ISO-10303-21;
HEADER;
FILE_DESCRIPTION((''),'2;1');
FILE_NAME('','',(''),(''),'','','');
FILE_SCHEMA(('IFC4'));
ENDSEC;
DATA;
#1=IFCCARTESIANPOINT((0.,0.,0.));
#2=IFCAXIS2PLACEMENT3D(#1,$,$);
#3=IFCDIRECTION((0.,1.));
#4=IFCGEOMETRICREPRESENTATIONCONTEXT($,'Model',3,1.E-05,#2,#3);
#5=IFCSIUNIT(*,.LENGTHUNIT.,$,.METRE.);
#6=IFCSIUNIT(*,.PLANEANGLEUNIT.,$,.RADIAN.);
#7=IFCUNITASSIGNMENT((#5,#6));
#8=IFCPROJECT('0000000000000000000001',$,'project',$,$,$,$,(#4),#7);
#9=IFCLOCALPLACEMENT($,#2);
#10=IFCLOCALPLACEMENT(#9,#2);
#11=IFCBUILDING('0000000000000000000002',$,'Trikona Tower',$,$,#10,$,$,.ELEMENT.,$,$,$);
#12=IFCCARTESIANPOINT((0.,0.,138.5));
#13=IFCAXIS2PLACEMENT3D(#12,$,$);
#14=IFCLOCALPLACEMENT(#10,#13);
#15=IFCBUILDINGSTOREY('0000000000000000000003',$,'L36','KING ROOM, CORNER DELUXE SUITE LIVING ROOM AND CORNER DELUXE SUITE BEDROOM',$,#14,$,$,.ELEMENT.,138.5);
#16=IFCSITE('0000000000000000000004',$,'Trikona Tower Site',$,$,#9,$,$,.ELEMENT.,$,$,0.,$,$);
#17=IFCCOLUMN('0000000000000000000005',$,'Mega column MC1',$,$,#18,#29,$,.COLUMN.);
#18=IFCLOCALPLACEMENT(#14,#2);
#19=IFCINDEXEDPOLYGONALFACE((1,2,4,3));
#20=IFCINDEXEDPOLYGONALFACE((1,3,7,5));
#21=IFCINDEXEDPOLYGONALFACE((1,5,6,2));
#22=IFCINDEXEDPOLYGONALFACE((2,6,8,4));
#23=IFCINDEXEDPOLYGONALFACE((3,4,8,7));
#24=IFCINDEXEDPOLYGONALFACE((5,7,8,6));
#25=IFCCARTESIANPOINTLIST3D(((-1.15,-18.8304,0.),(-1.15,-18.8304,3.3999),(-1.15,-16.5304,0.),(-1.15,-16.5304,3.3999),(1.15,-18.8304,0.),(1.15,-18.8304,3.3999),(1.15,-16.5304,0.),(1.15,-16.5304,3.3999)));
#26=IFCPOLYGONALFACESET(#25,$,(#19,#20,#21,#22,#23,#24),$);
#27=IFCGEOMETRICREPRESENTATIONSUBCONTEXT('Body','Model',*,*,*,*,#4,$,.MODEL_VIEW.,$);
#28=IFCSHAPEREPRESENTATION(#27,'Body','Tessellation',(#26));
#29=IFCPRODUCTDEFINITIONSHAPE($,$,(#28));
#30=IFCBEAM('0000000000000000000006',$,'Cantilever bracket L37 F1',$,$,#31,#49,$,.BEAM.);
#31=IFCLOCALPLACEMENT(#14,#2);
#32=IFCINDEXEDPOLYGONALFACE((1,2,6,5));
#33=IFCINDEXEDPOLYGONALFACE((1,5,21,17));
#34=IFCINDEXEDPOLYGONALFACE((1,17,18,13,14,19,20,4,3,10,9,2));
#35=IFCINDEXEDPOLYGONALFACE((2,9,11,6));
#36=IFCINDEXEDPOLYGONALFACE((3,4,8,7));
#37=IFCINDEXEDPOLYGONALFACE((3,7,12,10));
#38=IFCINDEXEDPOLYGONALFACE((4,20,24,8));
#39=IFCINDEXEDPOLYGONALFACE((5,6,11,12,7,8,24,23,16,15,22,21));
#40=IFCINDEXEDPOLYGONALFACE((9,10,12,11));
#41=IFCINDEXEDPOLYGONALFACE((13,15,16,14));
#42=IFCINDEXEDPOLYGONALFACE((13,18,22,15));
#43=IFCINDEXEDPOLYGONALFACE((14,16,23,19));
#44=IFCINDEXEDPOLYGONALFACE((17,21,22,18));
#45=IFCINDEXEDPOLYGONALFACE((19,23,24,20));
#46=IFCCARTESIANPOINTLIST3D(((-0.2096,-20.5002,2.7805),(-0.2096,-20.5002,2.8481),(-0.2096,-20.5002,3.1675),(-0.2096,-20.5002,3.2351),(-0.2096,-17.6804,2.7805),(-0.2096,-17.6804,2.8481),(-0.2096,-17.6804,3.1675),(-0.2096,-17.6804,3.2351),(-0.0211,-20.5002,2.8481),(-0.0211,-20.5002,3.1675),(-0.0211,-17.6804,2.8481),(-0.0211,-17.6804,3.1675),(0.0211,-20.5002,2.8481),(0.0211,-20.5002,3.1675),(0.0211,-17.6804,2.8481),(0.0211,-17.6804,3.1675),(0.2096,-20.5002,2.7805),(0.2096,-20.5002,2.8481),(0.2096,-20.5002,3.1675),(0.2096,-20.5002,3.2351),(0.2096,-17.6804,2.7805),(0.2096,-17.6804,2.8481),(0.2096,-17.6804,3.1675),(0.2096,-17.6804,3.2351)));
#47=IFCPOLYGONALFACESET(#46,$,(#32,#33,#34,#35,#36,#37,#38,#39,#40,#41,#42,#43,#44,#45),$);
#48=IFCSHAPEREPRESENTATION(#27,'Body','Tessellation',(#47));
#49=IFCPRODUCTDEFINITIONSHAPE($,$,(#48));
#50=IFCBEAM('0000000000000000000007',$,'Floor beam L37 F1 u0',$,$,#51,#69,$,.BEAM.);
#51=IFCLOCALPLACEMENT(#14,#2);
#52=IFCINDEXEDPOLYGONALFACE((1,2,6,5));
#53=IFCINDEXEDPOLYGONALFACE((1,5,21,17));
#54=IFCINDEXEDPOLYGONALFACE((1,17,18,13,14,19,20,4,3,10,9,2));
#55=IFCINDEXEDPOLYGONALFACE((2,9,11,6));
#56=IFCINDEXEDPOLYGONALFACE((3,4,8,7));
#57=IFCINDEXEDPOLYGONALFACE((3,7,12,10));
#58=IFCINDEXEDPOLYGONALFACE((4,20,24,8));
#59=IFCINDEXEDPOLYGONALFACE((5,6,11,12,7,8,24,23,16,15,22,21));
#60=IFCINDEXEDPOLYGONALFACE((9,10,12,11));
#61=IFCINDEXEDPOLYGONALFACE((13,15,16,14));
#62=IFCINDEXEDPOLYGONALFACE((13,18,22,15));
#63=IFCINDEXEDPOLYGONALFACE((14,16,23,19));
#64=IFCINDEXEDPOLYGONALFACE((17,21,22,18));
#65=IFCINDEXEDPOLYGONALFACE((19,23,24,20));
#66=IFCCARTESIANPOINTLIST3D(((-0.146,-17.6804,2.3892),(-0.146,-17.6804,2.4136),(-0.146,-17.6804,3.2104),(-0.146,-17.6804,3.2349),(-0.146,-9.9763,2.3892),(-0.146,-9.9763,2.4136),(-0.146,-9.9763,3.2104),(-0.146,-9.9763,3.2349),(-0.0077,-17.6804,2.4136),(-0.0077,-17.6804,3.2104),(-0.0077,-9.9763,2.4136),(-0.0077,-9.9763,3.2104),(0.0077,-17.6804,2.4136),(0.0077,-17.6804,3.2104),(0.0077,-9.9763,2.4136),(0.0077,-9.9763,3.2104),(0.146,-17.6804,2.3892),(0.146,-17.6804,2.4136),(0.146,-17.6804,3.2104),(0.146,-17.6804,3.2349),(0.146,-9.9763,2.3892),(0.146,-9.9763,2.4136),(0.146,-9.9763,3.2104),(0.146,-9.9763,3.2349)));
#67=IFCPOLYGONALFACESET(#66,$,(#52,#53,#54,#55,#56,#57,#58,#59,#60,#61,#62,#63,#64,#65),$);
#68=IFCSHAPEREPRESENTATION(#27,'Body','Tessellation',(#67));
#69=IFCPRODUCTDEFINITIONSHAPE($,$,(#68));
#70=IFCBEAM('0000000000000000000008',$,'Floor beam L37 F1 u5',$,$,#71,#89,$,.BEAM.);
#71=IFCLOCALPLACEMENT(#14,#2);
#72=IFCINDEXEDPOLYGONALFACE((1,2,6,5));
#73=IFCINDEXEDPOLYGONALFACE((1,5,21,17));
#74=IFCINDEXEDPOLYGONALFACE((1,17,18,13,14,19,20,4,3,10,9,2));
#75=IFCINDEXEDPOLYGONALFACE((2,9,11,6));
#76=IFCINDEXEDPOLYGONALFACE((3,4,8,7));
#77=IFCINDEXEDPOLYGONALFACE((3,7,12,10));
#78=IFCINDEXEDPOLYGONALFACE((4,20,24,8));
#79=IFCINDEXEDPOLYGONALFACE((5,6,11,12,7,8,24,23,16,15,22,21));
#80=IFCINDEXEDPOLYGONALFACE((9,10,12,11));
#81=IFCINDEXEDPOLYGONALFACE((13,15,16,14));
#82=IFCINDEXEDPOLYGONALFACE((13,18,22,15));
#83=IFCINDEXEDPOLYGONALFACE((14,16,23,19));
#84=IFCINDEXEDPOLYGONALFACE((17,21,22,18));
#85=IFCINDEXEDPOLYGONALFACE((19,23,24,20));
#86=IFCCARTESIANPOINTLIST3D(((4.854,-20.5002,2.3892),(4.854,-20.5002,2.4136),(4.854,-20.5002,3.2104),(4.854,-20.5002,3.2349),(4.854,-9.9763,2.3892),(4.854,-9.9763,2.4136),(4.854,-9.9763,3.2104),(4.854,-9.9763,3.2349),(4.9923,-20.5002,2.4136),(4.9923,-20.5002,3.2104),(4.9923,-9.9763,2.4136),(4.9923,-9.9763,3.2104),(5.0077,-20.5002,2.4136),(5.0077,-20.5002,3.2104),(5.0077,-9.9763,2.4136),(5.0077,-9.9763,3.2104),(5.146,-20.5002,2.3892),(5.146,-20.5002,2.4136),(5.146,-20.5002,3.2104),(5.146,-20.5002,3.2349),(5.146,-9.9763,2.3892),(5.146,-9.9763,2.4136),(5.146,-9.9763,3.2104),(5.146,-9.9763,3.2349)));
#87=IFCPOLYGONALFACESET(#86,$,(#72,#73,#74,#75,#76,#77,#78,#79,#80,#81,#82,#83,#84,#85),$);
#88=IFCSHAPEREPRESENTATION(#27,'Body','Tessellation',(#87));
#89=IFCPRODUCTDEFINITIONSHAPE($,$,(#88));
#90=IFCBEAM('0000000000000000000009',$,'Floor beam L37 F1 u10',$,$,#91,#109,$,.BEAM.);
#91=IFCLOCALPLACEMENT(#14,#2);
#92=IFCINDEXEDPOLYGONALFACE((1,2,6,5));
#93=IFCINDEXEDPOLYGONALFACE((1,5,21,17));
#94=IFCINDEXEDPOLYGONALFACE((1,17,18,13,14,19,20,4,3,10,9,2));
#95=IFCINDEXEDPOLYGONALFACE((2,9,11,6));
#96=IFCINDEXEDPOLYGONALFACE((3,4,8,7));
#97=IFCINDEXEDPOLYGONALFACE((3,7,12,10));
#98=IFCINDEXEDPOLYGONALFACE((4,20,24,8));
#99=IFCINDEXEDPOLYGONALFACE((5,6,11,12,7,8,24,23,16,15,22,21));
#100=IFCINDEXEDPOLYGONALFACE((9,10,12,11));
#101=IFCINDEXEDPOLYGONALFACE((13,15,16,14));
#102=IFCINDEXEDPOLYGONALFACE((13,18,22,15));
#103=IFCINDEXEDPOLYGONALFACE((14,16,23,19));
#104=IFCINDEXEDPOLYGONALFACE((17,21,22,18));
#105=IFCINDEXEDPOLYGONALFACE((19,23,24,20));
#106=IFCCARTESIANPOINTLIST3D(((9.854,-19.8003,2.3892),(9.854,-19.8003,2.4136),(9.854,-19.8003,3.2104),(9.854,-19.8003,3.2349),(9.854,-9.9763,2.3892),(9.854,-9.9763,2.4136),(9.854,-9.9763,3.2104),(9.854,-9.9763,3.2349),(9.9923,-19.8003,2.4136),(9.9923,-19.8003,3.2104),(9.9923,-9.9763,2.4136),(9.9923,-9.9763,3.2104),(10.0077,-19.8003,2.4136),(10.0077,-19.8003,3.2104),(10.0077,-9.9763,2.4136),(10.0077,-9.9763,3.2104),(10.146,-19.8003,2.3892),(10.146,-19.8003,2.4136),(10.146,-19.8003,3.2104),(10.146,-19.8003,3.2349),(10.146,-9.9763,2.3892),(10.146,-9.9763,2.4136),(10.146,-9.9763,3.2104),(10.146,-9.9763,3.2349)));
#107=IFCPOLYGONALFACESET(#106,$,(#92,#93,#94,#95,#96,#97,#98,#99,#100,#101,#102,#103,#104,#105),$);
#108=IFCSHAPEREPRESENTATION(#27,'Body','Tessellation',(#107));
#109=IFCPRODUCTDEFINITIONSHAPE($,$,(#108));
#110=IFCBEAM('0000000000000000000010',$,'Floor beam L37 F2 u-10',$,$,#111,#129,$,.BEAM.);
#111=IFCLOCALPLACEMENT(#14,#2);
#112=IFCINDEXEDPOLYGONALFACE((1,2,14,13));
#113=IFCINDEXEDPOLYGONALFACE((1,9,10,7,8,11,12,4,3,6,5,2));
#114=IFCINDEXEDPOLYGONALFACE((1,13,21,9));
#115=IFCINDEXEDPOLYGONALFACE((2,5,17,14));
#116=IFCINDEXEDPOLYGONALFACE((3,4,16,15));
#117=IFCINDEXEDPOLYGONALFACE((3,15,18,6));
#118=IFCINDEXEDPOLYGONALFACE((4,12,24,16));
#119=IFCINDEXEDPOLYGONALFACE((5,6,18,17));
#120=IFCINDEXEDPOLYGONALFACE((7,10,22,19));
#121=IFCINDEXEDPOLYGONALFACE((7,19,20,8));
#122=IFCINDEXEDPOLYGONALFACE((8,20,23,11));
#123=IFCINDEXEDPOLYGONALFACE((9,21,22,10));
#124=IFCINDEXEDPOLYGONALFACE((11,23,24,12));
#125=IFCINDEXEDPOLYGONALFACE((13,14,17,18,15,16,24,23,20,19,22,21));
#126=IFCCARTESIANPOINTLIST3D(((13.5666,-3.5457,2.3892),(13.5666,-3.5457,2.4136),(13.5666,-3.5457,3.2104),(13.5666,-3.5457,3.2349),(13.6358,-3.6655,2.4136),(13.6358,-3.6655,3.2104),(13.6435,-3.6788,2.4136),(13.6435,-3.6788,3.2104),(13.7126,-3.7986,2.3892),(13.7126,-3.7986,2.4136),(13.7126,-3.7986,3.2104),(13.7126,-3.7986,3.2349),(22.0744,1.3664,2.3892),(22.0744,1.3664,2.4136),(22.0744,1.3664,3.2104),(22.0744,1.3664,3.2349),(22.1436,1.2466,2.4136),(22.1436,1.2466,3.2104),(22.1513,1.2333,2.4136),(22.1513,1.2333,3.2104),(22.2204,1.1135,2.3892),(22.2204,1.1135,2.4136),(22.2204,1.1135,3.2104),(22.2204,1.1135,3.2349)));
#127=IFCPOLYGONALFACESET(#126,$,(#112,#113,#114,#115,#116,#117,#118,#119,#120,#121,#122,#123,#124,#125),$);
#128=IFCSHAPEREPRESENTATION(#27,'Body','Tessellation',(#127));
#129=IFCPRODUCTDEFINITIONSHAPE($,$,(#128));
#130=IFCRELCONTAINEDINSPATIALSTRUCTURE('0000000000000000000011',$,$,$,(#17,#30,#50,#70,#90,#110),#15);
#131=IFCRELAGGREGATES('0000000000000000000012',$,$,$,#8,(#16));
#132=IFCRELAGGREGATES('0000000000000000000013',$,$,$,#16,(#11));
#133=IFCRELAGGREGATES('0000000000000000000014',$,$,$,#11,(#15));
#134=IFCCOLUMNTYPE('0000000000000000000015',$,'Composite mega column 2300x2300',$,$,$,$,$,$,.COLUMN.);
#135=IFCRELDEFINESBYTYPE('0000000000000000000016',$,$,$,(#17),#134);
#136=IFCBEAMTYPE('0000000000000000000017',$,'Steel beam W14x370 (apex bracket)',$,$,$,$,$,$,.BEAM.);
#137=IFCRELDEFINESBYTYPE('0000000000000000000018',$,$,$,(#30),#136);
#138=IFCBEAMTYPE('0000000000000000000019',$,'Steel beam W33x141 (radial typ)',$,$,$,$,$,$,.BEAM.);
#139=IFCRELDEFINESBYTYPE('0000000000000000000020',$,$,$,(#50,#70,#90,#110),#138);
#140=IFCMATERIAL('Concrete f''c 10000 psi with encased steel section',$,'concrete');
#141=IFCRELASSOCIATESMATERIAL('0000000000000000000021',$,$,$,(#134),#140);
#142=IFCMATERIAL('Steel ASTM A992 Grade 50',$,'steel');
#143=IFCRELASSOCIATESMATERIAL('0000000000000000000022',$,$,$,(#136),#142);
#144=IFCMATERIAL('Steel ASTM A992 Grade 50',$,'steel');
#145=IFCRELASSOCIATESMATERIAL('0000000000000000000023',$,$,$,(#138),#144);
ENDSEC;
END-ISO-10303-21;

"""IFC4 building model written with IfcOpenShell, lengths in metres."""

from ifc_helpers import new_model, si_unit, direction, frame, origin, origin_2d, place, context, subcontext, project, spatial, rectangle, i_section, extrude, material, material_profile, profile_set, type_object, element, save


model = new_model("IFC4")

# Units and contexts
model_context = context("Model", 3, precision=1e-05, world=origin(), true_north=direction((0.0, 1.0)))
body_context = subcontext(model_context, "Body", "Model", "MODEL_VIEW")
ifc_project = project(units=[si_unit("LENGTHUNIT", "METRE"), si_unit("PLANEANGLEUNIT", "RADIAN")], contexts=[model_context])

# Site, building, storey
site_placement = place(None, origin())
site = spatial("IfcSite", under=ifc_project, at=site_placement, Name="Trikona Tower Site", CompositionType="ELEMENT", RefElevation=0.0)
building_placement = place(site_placement, origin())
building = spatial("IfcBuilding", under=site, at=building_placement, Name="Trikona Tower", CompositionType="ELEMENT")
storey_placement = place(building_placement, frame((0.0, 0.0, 138.5)))
storey = spatial("IfcBuildingStorey", under=building, at=storey_placement, Name="L36", Description="KING ROOM, CORNER DELUXE SUITE LIVING ROOM AND CORNER DELUXE SUITE BEDROOM", CompositionType="ELEMENT", Elevation=138.5)

# Column
ifc_material_1 = material(Name="Concrete f'c 10000 psi with encased steel section", Category="concrete")
ifc_material_profile_1 = material_profile(ifc_material_1, rectangle(XDim=2.3, YDim=2.3, at=origin_2d()), Name="MC2300")
ifc_profile_set_1 = profile_set([ifc_material_profile_1], Name="Concrete f'c 10000 psi with encased steel section")
column_type = type_object("IfcColumnType", Name="Composite mega column 2300x2300", PredefinedType="COLUMN", material=ifc_profile_set_1)
column_placement = place(storey_placement, frame((0.0, -17.6804, 0.0), z_axis=(0.0, 0.0, 1.0), x_axis=(0.0, -1.0, 0.0)))
element("IfcColumn", 1, at=column_placement, inside=storey, type_object=column_type, Name="Mega column MC1", PredefinedType="COLUMN", context=body_context, shape_type="SweptSolid", body=[
    extrude(rectangle(XDim=2.3, YDim=2.3, at=origin_2d()), origin(), (0.0, 0.0, 1.0), 3.3999),
])

# Beams
ifc_material_2 = material(Name="Steel ASTM A992 Grade 50", Category="steel")
ifc_material_profile_2 = material_profile(ifc_material_2, i_section(OverallWidth=0.4192, OverallDepth=0.4546, WebThickness=0.0422, FlangeThickness=0.0676, at=origin_2d()), Name="W14X370")
ifc_profile_set_2 = profile_set([ifc_material_profile_2], Name="Steel ASTM A992 Grade 50")
beam_type_1 = type_object("IfcBeamType", Name="Steel beam W14x370 (apex bracket)", PredefinedType="BEAM", material=ifc_profile_set_2)
beam_1_placement = place(storey_placement, frame((0.0, -17.6804, 3.0078), z_axis=(0.0, -1.0, 0.0), x_axis=(1.0, 0.0, 0.0)))
element("IfcBeam", 2, at=beam_1_placement, inside=storey, type_object=beam_type_1, Name="Cantilever bracket L37 F1", PredefinedType="BEAM", context=body_context, shape_type="SweptSolid", body=[
    extrude(i_section(OverallWidth=0.4192, OverallDepth=0.4546, WebThickness=0.0422, FlangeThickness=0.0676, at=origin_2d()), origin(), (0.0, 0.0, 1.0), 2.8198),
])
ifc_material_3 = material(Name="Steel ASTM A992 Grade 50", Category="steel")
ifc_material_profile_3 = material_profile(ifc_material_3, i_section(OverallWidth=0.292, OverallDepth=0.8457, WebThickness=0.0154, FlangeThickness=0.0244, at=origin_2d()), Name="W33X141")
ifc_profile_set_3 = profile_set([ifc_material_profile_3], Name="Steel ASTM A992 Grade 50")
beam_type_2 = type_object("IfcBeamType", Name="Steel beam W33x141 (radial typ)", PredefinedType="BEAM", material=ifc_profile_set_3)
beam_2_placement = place(storey_placement, frame((0.0, -9.9763, 2.812), z_axis=(0.0, -1.0, 0.0), x_axis=(1.0, 0.0, 0.0)))
element("IfcBeam", 3, at=beam_2_placement, inside=storey, type_object=beam_type_2, Name="Floor beam L37 F1 u0", PredefinedType="BEAM", context=body_context, shape_type="SweptSolid", body=[
    extrude(i_section(OverallWidth=0.292, OverallDepth=0.8457, WebThickness=0.0154, FlangeThickness=0.0244, at=origin_2d()), origin(), (0.0, 0.0, 1.0), 7.7041),
])
beam_3_placement = place(storey_placement, frame((5.0, -9.9763, 2.812), z_axis=(0.0, -1.0, 0.0), x_axis=(1.0, 0.0, 0.0)))
element("IfcBeam", 4, at=beam_3_placement, inside=storey, type_object=beam_type_2, Name="Floor beam L37 F1 u5", PredefinedType="BEAM", context=body_context, shape_type="SweptSolid", body=[
    extrude(i_section(OverallWidth=0.292, OverallDepth=0.8457, WebThickness=0.0154, FlangeThickness=0.0244, at=origin_2d()), origin(), (0.0, 0.0, 1.0), 10.5239),
])
for number, where, z_axis, x_axis, name in (
    (5, (10.0, -9.9763, 2.812), (0.0, -1.0, 0.0), (1.0, 0.0, 0.0), "Floor beam L37 F1 u10"),
    (6, (13.6396, -3.6721, 2.812), (0.86602, 0.500009, 0.0), (-0.500009, 0.86602, 0.0), "Floor beam L37 F2 u-10"),
):
    element("IfcBeam", number, at=place(storey_placement, frame(where, z_axis=z_axis, x_axis=x_axis)), inside=storey, type_object=beam_type_2, Name=name, PredefinedType="BEAM", context=body_context, shape_type="SweptSolid", body=[
        extrude(i_section(OverallWidth=0.292, OverallDepth=0.8457, WebThickness=0.0154, FlangeThickness=0.0244, at=origin_2d()), origin(), (0.0, 0.0, 1.0), 9.824),
    ])

save(model, "model.ifc")
